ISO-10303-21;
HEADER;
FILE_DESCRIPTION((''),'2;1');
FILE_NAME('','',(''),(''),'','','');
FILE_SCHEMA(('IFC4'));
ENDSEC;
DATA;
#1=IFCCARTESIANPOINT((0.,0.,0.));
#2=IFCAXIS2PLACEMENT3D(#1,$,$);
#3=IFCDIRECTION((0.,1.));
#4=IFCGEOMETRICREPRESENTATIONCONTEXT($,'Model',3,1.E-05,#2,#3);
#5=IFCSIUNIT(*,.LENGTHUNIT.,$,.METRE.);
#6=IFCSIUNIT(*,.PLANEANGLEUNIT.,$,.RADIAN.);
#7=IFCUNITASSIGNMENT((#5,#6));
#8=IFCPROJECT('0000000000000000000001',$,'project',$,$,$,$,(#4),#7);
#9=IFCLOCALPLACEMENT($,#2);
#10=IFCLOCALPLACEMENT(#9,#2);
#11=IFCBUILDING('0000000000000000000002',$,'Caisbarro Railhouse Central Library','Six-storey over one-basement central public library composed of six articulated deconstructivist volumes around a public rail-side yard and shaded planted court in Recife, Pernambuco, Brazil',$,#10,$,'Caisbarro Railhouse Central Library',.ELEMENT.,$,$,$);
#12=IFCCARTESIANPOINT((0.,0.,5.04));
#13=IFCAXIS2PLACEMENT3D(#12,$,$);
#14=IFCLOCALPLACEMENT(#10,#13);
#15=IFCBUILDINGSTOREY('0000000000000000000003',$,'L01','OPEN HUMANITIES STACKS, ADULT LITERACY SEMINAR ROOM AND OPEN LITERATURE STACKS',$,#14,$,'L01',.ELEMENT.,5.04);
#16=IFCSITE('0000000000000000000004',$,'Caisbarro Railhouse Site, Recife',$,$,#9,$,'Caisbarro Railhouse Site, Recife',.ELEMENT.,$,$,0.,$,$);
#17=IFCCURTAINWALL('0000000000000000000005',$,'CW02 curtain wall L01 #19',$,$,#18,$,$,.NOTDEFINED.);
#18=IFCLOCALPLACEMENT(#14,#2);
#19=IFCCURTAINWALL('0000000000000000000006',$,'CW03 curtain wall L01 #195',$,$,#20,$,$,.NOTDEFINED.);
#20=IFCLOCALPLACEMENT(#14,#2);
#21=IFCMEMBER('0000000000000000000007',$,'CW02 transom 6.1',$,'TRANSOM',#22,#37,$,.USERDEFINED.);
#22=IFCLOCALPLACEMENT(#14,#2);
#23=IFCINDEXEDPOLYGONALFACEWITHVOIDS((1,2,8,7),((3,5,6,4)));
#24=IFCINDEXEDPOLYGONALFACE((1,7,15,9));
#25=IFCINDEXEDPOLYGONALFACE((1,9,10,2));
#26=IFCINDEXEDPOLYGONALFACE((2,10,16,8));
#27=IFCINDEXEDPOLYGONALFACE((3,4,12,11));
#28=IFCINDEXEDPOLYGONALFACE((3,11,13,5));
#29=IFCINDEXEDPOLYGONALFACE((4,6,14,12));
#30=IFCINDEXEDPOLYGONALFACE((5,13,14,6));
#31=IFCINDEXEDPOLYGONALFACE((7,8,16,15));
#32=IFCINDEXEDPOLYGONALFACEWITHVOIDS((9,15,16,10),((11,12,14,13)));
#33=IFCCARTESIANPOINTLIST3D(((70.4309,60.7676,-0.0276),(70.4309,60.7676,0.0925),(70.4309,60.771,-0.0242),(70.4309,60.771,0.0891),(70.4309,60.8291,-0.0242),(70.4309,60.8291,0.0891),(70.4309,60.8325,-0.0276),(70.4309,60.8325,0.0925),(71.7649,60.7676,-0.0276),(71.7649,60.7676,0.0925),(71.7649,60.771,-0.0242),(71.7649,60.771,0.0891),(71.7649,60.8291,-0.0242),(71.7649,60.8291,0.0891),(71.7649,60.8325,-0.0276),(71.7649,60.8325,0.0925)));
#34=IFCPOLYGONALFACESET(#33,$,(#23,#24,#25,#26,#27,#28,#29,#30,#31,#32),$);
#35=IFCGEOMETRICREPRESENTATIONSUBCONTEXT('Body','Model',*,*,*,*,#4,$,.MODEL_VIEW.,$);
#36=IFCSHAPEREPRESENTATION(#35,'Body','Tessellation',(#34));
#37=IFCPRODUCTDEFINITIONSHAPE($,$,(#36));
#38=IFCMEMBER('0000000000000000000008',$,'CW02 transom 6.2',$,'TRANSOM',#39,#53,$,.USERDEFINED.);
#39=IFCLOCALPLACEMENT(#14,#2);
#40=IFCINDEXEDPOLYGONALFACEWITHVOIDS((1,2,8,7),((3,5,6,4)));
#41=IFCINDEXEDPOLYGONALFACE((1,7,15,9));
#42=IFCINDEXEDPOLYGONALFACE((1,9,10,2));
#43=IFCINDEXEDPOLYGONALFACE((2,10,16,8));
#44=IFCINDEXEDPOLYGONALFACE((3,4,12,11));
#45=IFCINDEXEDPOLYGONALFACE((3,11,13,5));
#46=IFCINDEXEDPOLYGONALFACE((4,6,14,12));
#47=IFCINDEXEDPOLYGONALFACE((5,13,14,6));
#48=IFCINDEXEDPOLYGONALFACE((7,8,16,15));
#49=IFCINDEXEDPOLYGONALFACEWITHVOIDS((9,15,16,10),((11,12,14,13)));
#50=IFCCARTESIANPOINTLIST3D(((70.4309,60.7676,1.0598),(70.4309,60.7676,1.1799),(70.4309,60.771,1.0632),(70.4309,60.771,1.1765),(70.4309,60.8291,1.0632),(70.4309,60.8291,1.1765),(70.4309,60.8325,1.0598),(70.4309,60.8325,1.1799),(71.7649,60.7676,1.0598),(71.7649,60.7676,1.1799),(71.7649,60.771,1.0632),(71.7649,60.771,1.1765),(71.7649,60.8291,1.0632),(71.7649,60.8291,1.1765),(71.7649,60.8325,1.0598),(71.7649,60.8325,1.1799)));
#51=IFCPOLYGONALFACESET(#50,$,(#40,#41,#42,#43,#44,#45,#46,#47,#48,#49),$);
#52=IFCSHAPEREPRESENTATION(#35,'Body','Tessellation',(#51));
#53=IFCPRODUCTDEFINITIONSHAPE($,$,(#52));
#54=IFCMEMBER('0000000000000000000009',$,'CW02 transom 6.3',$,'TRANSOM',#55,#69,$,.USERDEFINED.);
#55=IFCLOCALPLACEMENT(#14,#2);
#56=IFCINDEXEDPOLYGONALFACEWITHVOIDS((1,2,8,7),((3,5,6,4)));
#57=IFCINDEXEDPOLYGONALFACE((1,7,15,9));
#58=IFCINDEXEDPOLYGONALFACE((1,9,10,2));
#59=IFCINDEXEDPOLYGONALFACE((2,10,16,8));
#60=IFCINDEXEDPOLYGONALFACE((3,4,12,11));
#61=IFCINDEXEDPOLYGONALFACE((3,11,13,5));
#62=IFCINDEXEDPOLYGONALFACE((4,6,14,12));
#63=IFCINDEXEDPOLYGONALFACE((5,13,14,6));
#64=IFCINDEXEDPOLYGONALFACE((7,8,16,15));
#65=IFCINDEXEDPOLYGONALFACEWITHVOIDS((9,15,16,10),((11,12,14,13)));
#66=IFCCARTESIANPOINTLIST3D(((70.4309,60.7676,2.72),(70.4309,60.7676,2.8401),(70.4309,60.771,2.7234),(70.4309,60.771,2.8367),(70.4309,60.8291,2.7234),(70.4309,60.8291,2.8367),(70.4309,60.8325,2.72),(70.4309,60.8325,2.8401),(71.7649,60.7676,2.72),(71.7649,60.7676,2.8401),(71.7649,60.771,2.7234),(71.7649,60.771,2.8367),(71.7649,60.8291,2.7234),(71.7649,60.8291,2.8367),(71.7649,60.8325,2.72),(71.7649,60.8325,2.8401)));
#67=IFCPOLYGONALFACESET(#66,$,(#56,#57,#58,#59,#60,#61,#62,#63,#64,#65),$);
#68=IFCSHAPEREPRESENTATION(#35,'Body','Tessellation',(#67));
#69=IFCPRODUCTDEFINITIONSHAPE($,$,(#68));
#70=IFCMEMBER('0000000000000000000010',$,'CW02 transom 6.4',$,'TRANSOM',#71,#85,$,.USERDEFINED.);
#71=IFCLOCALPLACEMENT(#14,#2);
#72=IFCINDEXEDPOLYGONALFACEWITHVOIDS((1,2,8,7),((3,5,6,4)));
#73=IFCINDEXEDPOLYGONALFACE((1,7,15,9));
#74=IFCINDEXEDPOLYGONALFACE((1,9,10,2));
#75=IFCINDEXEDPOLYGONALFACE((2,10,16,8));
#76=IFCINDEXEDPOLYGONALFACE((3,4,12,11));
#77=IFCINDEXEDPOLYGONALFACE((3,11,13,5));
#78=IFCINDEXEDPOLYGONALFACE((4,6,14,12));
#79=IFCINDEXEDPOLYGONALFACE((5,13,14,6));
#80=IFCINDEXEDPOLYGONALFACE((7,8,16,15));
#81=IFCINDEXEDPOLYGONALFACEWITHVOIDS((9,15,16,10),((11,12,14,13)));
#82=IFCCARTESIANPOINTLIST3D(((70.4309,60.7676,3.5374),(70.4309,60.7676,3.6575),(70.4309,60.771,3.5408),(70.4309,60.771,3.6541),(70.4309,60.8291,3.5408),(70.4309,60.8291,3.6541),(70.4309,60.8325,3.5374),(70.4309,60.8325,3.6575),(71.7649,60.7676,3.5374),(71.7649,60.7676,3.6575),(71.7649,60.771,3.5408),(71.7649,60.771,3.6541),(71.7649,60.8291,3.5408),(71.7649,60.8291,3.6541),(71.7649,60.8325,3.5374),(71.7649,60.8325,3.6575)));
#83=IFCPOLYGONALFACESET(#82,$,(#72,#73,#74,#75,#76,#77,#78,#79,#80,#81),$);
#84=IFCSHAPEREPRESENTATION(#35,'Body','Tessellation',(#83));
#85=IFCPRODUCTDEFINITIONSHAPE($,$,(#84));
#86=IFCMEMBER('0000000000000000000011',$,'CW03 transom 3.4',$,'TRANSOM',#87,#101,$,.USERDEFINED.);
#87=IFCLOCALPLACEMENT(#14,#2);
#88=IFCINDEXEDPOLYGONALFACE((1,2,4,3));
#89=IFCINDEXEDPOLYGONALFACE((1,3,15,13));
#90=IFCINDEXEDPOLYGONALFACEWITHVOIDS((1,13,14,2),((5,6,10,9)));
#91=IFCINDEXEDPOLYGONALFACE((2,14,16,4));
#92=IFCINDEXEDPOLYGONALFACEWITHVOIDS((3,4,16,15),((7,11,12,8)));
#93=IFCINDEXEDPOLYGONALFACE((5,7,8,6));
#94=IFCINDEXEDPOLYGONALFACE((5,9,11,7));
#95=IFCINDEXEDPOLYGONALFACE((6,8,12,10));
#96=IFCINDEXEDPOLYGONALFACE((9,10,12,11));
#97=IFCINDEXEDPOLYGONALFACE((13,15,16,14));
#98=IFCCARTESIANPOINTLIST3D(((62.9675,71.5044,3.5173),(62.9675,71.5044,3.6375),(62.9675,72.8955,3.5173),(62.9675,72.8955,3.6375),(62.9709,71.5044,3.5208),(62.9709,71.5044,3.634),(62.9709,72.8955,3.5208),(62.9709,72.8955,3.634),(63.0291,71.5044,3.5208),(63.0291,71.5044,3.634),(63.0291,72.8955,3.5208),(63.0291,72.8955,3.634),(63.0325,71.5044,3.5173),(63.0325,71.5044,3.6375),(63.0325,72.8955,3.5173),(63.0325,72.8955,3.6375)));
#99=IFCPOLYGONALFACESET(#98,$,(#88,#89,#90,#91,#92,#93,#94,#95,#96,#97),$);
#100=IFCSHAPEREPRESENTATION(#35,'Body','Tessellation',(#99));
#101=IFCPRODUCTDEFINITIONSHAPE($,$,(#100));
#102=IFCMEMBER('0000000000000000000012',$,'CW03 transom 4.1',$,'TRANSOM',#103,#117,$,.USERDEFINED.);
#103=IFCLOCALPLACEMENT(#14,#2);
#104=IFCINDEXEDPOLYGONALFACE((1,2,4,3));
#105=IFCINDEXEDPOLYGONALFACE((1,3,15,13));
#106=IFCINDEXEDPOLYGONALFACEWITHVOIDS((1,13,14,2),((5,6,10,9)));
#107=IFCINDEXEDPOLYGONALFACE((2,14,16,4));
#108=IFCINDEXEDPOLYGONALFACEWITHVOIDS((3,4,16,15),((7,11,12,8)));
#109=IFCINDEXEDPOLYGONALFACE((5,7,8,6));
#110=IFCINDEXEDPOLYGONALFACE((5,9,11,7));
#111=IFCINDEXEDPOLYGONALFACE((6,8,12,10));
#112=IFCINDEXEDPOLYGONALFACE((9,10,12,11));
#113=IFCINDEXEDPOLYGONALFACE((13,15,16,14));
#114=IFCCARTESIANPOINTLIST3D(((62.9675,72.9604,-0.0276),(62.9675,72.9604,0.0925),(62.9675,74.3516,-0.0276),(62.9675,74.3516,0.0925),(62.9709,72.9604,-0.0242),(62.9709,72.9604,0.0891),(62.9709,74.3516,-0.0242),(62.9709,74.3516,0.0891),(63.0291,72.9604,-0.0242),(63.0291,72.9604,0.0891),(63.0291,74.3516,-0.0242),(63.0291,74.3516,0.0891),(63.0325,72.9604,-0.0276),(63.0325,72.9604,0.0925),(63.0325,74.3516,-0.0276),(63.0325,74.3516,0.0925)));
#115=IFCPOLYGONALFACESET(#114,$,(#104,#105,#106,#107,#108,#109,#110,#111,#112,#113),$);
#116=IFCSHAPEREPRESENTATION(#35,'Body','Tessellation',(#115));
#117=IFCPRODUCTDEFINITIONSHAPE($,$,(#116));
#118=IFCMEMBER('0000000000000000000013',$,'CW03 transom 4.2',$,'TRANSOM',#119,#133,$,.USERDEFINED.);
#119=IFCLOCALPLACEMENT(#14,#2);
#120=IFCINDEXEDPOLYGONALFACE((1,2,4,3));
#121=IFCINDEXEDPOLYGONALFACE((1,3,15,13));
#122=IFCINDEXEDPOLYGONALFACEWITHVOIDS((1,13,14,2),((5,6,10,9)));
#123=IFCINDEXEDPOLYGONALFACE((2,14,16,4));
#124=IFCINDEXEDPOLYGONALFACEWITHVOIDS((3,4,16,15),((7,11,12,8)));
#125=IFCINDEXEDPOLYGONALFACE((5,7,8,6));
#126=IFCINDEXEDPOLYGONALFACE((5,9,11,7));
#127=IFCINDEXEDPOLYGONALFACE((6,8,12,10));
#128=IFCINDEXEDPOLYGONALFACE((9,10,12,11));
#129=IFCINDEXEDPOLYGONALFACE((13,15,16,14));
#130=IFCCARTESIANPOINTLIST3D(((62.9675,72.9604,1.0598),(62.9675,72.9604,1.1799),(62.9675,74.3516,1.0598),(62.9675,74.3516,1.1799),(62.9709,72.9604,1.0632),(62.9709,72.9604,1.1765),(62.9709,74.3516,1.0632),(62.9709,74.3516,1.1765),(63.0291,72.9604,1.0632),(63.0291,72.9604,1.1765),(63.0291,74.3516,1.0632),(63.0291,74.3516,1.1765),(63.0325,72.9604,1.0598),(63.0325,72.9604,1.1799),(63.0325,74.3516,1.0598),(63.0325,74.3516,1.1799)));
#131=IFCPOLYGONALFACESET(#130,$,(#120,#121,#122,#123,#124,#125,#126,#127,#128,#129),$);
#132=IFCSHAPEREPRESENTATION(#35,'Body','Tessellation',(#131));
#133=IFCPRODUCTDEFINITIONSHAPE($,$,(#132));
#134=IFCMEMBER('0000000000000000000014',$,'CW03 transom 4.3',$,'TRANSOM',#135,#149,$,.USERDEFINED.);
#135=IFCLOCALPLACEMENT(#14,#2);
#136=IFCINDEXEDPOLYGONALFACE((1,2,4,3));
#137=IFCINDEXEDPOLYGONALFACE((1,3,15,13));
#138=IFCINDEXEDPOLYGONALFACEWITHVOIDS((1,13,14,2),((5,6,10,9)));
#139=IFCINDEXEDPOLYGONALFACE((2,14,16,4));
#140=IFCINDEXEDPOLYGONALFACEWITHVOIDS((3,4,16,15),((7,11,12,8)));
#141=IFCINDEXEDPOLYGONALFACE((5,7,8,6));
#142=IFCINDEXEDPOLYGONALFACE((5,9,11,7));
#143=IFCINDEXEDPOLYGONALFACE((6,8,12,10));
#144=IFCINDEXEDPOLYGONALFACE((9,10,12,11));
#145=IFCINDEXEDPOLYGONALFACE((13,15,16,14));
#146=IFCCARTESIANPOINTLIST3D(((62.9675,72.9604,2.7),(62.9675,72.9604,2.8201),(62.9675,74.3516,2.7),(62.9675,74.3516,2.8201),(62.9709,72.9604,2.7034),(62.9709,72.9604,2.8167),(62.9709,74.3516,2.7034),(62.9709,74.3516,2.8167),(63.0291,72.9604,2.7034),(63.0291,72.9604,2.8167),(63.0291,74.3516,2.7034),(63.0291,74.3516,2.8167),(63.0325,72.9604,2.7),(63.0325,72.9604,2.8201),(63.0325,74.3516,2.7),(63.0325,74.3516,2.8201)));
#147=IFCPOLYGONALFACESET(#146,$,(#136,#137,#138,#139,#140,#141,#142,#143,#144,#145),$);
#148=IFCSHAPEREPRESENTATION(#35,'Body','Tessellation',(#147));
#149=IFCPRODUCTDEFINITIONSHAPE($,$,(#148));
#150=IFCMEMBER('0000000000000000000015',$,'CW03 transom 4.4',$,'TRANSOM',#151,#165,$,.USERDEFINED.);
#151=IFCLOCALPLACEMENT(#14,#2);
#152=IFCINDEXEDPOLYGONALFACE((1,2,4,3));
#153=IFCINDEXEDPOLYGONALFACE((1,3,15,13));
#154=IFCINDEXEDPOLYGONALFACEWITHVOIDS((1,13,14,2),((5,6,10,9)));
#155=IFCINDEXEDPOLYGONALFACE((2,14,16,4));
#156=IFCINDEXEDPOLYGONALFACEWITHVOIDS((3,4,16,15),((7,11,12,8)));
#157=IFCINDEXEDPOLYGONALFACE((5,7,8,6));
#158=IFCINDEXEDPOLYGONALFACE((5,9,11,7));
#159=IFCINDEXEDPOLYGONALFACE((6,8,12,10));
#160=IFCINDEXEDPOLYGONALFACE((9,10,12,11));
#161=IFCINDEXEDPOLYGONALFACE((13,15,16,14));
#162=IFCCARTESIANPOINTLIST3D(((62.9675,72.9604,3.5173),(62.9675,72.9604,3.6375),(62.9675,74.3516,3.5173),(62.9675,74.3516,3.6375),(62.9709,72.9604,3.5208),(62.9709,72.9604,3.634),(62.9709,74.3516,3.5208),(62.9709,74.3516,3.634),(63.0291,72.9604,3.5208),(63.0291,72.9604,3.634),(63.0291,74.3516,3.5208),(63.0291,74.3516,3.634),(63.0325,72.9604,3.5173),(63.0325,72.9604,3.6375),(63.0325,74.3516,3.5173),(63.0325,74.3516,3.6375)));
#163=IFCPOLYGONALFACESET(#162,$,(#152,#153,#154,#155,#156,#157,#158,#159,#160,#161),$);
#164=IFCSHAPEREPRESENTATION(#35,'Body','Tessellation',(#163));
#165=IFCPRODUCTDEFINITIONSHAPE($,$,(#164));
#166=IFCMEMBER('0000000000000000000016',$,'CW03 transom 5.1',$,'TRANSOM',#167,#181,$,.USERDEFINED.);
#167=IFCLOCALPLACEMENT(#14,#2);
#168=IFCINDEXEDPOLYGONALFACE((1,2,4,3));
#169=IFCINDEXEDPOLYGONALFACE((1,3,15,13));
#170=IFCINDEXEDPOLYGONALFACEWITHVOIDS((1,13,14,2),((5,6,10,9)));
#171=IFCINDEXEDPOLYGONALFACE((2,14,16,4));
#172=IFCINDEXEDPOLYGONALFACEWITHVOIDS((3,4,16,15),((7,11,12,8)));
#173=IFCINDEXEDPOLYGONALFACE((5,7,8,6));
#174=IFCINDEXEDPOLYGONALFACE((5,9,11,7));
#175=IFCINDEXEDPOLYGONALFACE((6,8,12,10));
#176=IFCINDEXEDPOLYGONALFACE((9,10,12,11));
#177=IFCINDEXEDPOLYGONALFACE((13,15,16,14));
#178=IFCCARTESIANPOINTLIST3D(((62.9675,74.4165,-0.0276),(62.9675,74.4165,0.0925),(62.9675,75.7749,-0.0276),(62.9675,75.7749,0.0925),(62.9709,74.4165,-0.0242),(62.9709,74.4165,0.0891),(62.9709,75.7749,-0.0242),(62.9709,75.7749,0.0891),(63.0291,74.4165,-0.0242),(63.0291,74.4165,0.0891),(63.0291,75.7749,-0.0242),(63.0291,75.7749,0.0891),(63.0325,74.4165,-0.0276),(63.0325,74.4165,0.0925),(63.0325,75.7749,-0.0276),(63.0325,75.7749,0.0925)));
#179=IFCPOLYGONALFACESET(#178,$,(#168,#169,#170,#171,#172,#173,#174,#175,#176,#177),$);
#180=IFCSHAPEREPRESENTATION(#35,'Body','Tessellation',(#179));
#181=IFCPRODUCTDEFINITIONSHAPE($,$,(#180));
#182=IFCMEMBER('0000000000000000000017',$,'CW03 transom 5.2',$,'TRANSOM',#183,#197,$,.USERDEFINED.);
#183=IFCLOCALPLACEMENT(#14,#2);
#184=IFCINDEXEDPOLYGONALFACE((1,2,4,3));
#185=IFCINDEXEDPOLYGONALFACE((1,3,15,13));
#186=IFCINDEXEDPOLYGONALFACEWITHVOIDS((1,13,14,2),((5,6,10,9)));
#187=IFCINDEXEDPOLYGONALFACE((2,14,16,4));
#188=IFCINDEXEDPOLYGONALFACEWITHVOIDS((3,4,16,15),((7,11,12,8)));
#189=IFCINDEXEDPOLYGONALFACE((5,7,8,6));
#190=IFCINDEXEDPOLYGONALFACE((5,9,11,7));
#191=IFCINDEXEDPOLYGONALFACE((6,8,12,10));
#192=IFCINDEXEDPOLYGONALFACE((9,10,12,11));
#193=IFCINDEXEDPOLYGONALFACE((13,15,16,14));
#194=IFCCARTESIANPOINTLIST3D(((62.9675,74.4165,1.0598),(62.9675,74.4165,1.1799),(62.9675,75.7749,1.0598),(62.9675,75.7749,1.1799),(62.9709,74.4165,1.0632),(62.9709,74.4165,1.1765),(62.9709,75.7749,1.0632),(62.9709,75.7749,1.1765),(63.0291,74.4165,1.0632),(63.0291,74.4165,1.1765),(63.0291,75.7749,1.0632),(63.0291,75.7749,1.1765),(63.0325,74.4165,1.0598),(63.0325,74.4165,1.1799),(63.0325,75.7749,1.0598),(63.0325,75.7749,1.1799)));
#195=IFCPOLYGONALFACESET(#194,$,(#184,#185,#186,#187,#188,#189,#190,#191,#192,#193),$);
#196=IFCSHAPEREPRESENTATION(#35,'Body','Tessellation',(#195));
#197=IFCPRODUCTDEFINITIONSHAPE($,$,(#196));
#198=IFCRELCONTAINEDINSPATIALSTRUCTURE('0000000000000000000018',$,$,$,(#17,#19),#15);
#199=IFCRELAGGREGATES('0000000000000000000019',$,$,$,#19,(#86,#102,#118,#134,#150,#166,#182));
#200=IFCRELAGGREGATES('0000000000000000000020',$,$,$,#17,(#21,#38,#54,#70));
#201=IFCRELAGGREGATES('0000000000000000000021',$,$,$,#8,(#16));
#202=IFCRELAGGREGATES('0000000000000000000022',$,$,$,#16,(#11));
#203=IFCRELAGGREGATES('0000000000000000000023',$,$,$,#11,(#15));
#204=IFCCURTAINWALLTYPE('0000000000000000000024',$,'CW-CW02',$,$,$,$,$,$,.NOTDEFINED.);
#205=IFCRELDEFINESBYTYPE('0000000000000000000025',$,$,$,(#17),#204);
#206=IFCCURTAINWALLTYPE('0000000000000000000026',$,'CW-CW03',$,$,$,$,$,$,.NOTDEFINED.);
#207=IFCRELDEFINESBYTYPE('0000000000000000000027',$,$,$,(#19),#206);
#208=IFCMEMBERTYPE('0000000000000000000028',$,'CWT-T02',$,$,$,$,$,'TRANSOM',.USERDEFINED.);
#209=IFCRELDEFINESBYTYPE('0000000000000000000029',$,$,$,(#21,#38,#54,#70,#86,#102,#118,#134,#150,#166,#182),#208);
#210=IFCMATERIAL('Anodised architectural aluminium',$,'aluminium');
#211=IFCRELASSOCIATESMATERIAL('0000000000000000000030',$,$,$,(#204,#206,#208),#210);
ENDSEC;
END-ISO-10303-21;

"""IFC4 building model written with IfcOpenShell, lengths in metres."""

from ifc_helpers import new_model, si_unit, direction, frame, origin, origin_2d, place, context, subcontext, project, spatial, hollow_rectangle, extrude, material, material_profile, profile_set, type_object, element, aggregate, save


model = new_model("IFC4")

# Units and contexts
model_context = context("Model", 3, precision=1e-05, world=origin(), true_north=direction((0.0, 1.0)))
body_context = subcontext(model_context, "Body", "Model", "MODEL_VIEW")
ifc_project = project(units=[si_unit("LENGTHUNIT", "METRE"), si_unit("PLANEANGLEUNIT", "RADIAN")], contexts=[model_context])

# Site, building, storey
site_placement = place(None, origin())
site = spatial("IfcSite", under=ifc_project, at=site_placement, Name="Caisbarro Railhouse Site, Recife", LongName="Caisbarro Railhouse Site, Recife", CompositionType="ELEMENT", RefElevation=0.0)
building_placement = place(site_placement, origin())
building = spatial("IfcBuilding", under=site, at=building_placement, Name="Caisbarro Railhouse Central Library", Description="Six-storey over one-basement central public library composed of six articulated deconstructivist volumes around a public rail-side yard and shaded planted court in Recife, Pernambuco, Brazil", LongName="Caisbarro Railhouse Central Library", CompositionType="ELEMENT")
storey_placement = place(building_placement, frame((0.0, 0.0, 5.04)))
storey = spatial("IfcBuildingStorey", under=building, at=storey_placement, Name="L01", Description="OPEN HUMANITIES STACKS, ADULT LITERACY SEMINAR ROOM AND OPEN LITERATURE STACKS", LongName="L01", CompositionType="ELEMENT", Elevation=5.04)

# Curtain walls
ifc_material_1 = material(Name="Anodised architectural aluminium", Category="aluminium")
curtain_wall_type_1 = type_object("IfcCurtainWallType", Name="CW-CW02", PredefinedType="NOTDEFINED", material=ifc_material_1)
curtain_wall_1_placement = place(storey_placement, origin())
curtain_wall_1 = element("IfcCurtainWall", 1, at=curtain_wall_1_placement, inside=storey, type_object=curtain_wall_type_1, Name="CW02 curtain wall L01 #19", PredefinedType="NOTDEFINED")
curtain_wall_type_2 = type_object("IfcCurtainWallType", Name="CW-CW03", PredefinedType="NOTDEFINED", material=ifc_material_1)
curtain_wall_2_placement = place(storey_placement, origin())
curtain_wall_2 = element("IfcCurtainWall", 2, at=curtain_wall_2_placement, inside=storey, type_object=curtain_wall_type_2, Name="CW03 curtain wall L01 #195", PredefinedType="NOTDEFINED")

# Members
ifc_material_profile_1 = material_profile(ifc_material_1, hollow_rectangle(XDim=0.0649, YDim=0.1201, WallThickness=0.0034, at=origin_2d()), Name="ALU-TRN-65X120")
ifc_profile_set_1 = profile_set([ifc_material_profile_1], Name="Anodised architectural aluminium")
member_type_1 = type_object("IfcMemberType", Name="CWT-T02", ElementType="TRANSOM", PredefinedType="USERDEFINED", material=ifc_profile_set_1)
member_1_placement = place(storey_placement, frame((70.4309, 60.8, 0.0325), z_axis=(1.0, 0.0, 0.0), x_axis=(0.0, 1.0, 0.0)))
member_1 = element("IfcMember", 3, at=member_1_placement, type_object=member_type_1, Name="CW02 transom 6.1", ObjectType="TRANSOM", PredefinedType="USERDEFINED", context=body_context, shape_type="SweptSolid", body=[
    extrude(hollow_rectangle(XDim=0.0649, YDim=0.1201, WallThickness=0.0034, at=origin_2d()), origin(), (0.0, 0.0, 1.0), 1.334),
])
member_2_placement = place(storey_placement, frame((70.4309, 60.8, 1.1199), z_axis=(1.0, 0.0, 0.0), x_axis=(0.0, 1.0, 0.0)))
member_2 = element("IfcMember", 4, at=member_2_placement, type_object=member_type_1, Name="CW02 transom 6.2", ObjectType="TRANSOM", PredefinedType="USERDEFINED", context=body_context, shape_type="SweptSolid", body=[
    extrude(hollow_rectangle(XDim=0.0649, YDim=0.1201, WallThickness=0.0034, at=origin_2d()), origin(), (0.0, 0.0, 1.0), 1.334),
])
member_3_placement = place(storey_placement, frame((70.4309, 60.8, 2.78), z_axis=(1.0, 0.0, 0.0), x_axis=(0.0, 1.0, 0.0)))
member_3 = element("IfcMember", 5, at=member_3_placement, type_object=member_type_1, Name="CW02 transom 6.3", ObjectType="TRANSOM", PredefinedType="USERDEFINED", context=body_context, shape_type="SweptSolid", body=[
    extrude(hollow_rectangle(XDim=0.0649, YDim=0.1201, WallThickness=0.0034, at=origin_2d()), origin(), (0.0, 0.0, 1.0), 1.334),
])
member_4_placement = place(storey_placement, frame((70.4309, 60.8, 3.5974), z_axis=(1.0, 0.0, 0.0), x_axis=(0.0, 1.0, 0.0)))
member_4 = element("IfcMember", 6, at=member_4_placement, type_object=member_type_1, Name="CW02 transom 6.4", ObjectType="TRANSOM", PredefinedType="USERDEFINED", context=body_context, shape_type="SweptSolid", body=[
    extrude(hollow_rectangle(XDim=0.0649, YDim=0.1201, WallThickness=0.0034, at=origin_2d()), origin(), (0.0, 0.0, 1.0), 1.334),
])
member_5_placement = place(storey_placement, frame((63.0, 71.5044, 3.5774), z_axis=(0.0, 1.0, 0.0), x_axis=(-1.0, 0.0, 0.0)))
member_5 = element("IfcMember", 7, at=member_5_placement, type_object=member_type_1, Name="CW03 transom 3.4", ObjectType="TRANSOM", PredefinedType="USERDEFINED", context=body_context, shape_type="SweptSolid", body=[
    extrude(hollow_rectangle(XDim=0.0649, YDim=0.1201, WallThickness=0.0034, at=origin_2d()), origin(), (0.0, 0.0, 1.0), 1.3911),
])
member_6_placement = place(storey_placement, frame((63.0, 72.9604, 0.0325), z_axis=(0.0, 1.0, 0.0), x_axis=(-1.0, 0.0, 0.0)))
member_6 = element("IfcMember", 8, at=member_6_placement, type_object=member_type_1, Name="CW03 transom 4.1", ObjectType="TRANSOM", PredefinedType="USERDEFINED", context=body_context, shape_type="SweptSolid", body=[
    extrude(hollow_rectangle(XDim=0.0649, YDim=0.1201, WallThickness=0.0034, at=origin_2d()), origin(), (0.0, 0.0, 1.0), 1.3911),
])
member_7_placement = place(storey_placement, frame((63.0, 72.9604, 1.1199), z_axis=(0.0, 1.0, 0.0), x_axis=(-1.0, 0.0, 0.0)))
member_7 = element("IfcMember", 9, at=member_7_placement, type_object=member_type_1, Name="CW03 transom 4.2", ObjectType="TRANSOM", PredefinedType="USERDEFINED", context=body_context, shape_type="SweptSolid", body=[
    extrude(hollow_rectangle(XDim=0.0649, YDim=0.1201, WallThickness=0.0034, at=origin_2d()), origin(), (0.0, 0.0, 1.0), 1.3911),
])
member_8_placement = place(storey_placement, frame((63.0, 72.9604, 2.76), z_axis=(0.0, 1.0, 0.0), x_axis=(-1.0, 0.0, 0.0)))
member_8 = element("IfcMember", 10, at=member_8_placement, type_object=member_type_1, Name="CW03 transom 4.3", ObjectType="TRANSOM", PredefinedType="USERDEFINED", context=body_context, shape_type="SweptSolid", body=[
    extrude(hollow_rectangle(XDim=0.0649, YDim=0.1201, WallThickness=0.0034, at=origin_2d()), origin(), (0.0, 0.0, 1.0), 1.3911),
])
member_9_placement = place(storey_placement, frame((63.0, 72.9604, 3.5774), z_axis=(0.0, 1.0, 0.0), x_axis=(-1.0, 0.0, 0.0)))
member_9 = element("IfcMember", 11, at=member_9_placement, type_object=member_type_1, Name="CW03 transom 4.4", ObjectType="TRANSOM", PredefinedType="USERDEFINED", context=body_context, shape_type="SweptSolid", body=[
    extrude(hollow_rectangle(XDim=0.0649, YDim=0.1201, WallThickness=0.0034, at=origin_2d()), origin(), (0.0, 0.0, 1.0), 1.3911),
])
member_10_placement = place(storey_placement, frame((63.0, 74.4165, 0.0325), z_axis=(0.0, 1.0, 0.0), x_axis=(-1.0, 0.0, 0.0)))
member_10 = element("IfcMember", 12, at=member_10_placement, type_object=member_type_1, Name="CW03 transom 5.1", ObjectType="TRANSOM", PredefinedType="USERDEFINED", context=body_context, shape_type="SweptSolid", body=[
    extrude(hollow_rectangle(XDim=0.0649, YDim=0.1201, WallThickness=0.0034, at=origin_2d()), origin(), (0.0, 0.0, 1.0), 1.3584),
])
member_11_placement = place(storey_placement, frame((63.0, 74.4165, 1.1199), z_axis=(0.0, 1.0, 0.0), x_axis=(-1.0, 0.0, 0.0)))
member_11 = element("IfcMember", 13, at=member_11_placement, type_object=member_type_1, Name="CW03 transom 5.2", ObjectType="TRANSOM", PredefinedType="USERDEFINED", context=body_context, shape_type="SweptSolid", body=[
    extrude(hollow_rectangle(XDim=0.0649, YDim=0.1201, WallThickness=0.0034, at=origin_2d()), origin(), (0.0, 0.0, 1.0), 1.3584),
])

aggregate(curtain_wall_2, [member_5, member_6, member_7, member_8, member_9, member_10, member_11])
aggregate(curtain_wall_1, [member_1, member_2, member_3, member_4])

save(model, "model.ifc")
